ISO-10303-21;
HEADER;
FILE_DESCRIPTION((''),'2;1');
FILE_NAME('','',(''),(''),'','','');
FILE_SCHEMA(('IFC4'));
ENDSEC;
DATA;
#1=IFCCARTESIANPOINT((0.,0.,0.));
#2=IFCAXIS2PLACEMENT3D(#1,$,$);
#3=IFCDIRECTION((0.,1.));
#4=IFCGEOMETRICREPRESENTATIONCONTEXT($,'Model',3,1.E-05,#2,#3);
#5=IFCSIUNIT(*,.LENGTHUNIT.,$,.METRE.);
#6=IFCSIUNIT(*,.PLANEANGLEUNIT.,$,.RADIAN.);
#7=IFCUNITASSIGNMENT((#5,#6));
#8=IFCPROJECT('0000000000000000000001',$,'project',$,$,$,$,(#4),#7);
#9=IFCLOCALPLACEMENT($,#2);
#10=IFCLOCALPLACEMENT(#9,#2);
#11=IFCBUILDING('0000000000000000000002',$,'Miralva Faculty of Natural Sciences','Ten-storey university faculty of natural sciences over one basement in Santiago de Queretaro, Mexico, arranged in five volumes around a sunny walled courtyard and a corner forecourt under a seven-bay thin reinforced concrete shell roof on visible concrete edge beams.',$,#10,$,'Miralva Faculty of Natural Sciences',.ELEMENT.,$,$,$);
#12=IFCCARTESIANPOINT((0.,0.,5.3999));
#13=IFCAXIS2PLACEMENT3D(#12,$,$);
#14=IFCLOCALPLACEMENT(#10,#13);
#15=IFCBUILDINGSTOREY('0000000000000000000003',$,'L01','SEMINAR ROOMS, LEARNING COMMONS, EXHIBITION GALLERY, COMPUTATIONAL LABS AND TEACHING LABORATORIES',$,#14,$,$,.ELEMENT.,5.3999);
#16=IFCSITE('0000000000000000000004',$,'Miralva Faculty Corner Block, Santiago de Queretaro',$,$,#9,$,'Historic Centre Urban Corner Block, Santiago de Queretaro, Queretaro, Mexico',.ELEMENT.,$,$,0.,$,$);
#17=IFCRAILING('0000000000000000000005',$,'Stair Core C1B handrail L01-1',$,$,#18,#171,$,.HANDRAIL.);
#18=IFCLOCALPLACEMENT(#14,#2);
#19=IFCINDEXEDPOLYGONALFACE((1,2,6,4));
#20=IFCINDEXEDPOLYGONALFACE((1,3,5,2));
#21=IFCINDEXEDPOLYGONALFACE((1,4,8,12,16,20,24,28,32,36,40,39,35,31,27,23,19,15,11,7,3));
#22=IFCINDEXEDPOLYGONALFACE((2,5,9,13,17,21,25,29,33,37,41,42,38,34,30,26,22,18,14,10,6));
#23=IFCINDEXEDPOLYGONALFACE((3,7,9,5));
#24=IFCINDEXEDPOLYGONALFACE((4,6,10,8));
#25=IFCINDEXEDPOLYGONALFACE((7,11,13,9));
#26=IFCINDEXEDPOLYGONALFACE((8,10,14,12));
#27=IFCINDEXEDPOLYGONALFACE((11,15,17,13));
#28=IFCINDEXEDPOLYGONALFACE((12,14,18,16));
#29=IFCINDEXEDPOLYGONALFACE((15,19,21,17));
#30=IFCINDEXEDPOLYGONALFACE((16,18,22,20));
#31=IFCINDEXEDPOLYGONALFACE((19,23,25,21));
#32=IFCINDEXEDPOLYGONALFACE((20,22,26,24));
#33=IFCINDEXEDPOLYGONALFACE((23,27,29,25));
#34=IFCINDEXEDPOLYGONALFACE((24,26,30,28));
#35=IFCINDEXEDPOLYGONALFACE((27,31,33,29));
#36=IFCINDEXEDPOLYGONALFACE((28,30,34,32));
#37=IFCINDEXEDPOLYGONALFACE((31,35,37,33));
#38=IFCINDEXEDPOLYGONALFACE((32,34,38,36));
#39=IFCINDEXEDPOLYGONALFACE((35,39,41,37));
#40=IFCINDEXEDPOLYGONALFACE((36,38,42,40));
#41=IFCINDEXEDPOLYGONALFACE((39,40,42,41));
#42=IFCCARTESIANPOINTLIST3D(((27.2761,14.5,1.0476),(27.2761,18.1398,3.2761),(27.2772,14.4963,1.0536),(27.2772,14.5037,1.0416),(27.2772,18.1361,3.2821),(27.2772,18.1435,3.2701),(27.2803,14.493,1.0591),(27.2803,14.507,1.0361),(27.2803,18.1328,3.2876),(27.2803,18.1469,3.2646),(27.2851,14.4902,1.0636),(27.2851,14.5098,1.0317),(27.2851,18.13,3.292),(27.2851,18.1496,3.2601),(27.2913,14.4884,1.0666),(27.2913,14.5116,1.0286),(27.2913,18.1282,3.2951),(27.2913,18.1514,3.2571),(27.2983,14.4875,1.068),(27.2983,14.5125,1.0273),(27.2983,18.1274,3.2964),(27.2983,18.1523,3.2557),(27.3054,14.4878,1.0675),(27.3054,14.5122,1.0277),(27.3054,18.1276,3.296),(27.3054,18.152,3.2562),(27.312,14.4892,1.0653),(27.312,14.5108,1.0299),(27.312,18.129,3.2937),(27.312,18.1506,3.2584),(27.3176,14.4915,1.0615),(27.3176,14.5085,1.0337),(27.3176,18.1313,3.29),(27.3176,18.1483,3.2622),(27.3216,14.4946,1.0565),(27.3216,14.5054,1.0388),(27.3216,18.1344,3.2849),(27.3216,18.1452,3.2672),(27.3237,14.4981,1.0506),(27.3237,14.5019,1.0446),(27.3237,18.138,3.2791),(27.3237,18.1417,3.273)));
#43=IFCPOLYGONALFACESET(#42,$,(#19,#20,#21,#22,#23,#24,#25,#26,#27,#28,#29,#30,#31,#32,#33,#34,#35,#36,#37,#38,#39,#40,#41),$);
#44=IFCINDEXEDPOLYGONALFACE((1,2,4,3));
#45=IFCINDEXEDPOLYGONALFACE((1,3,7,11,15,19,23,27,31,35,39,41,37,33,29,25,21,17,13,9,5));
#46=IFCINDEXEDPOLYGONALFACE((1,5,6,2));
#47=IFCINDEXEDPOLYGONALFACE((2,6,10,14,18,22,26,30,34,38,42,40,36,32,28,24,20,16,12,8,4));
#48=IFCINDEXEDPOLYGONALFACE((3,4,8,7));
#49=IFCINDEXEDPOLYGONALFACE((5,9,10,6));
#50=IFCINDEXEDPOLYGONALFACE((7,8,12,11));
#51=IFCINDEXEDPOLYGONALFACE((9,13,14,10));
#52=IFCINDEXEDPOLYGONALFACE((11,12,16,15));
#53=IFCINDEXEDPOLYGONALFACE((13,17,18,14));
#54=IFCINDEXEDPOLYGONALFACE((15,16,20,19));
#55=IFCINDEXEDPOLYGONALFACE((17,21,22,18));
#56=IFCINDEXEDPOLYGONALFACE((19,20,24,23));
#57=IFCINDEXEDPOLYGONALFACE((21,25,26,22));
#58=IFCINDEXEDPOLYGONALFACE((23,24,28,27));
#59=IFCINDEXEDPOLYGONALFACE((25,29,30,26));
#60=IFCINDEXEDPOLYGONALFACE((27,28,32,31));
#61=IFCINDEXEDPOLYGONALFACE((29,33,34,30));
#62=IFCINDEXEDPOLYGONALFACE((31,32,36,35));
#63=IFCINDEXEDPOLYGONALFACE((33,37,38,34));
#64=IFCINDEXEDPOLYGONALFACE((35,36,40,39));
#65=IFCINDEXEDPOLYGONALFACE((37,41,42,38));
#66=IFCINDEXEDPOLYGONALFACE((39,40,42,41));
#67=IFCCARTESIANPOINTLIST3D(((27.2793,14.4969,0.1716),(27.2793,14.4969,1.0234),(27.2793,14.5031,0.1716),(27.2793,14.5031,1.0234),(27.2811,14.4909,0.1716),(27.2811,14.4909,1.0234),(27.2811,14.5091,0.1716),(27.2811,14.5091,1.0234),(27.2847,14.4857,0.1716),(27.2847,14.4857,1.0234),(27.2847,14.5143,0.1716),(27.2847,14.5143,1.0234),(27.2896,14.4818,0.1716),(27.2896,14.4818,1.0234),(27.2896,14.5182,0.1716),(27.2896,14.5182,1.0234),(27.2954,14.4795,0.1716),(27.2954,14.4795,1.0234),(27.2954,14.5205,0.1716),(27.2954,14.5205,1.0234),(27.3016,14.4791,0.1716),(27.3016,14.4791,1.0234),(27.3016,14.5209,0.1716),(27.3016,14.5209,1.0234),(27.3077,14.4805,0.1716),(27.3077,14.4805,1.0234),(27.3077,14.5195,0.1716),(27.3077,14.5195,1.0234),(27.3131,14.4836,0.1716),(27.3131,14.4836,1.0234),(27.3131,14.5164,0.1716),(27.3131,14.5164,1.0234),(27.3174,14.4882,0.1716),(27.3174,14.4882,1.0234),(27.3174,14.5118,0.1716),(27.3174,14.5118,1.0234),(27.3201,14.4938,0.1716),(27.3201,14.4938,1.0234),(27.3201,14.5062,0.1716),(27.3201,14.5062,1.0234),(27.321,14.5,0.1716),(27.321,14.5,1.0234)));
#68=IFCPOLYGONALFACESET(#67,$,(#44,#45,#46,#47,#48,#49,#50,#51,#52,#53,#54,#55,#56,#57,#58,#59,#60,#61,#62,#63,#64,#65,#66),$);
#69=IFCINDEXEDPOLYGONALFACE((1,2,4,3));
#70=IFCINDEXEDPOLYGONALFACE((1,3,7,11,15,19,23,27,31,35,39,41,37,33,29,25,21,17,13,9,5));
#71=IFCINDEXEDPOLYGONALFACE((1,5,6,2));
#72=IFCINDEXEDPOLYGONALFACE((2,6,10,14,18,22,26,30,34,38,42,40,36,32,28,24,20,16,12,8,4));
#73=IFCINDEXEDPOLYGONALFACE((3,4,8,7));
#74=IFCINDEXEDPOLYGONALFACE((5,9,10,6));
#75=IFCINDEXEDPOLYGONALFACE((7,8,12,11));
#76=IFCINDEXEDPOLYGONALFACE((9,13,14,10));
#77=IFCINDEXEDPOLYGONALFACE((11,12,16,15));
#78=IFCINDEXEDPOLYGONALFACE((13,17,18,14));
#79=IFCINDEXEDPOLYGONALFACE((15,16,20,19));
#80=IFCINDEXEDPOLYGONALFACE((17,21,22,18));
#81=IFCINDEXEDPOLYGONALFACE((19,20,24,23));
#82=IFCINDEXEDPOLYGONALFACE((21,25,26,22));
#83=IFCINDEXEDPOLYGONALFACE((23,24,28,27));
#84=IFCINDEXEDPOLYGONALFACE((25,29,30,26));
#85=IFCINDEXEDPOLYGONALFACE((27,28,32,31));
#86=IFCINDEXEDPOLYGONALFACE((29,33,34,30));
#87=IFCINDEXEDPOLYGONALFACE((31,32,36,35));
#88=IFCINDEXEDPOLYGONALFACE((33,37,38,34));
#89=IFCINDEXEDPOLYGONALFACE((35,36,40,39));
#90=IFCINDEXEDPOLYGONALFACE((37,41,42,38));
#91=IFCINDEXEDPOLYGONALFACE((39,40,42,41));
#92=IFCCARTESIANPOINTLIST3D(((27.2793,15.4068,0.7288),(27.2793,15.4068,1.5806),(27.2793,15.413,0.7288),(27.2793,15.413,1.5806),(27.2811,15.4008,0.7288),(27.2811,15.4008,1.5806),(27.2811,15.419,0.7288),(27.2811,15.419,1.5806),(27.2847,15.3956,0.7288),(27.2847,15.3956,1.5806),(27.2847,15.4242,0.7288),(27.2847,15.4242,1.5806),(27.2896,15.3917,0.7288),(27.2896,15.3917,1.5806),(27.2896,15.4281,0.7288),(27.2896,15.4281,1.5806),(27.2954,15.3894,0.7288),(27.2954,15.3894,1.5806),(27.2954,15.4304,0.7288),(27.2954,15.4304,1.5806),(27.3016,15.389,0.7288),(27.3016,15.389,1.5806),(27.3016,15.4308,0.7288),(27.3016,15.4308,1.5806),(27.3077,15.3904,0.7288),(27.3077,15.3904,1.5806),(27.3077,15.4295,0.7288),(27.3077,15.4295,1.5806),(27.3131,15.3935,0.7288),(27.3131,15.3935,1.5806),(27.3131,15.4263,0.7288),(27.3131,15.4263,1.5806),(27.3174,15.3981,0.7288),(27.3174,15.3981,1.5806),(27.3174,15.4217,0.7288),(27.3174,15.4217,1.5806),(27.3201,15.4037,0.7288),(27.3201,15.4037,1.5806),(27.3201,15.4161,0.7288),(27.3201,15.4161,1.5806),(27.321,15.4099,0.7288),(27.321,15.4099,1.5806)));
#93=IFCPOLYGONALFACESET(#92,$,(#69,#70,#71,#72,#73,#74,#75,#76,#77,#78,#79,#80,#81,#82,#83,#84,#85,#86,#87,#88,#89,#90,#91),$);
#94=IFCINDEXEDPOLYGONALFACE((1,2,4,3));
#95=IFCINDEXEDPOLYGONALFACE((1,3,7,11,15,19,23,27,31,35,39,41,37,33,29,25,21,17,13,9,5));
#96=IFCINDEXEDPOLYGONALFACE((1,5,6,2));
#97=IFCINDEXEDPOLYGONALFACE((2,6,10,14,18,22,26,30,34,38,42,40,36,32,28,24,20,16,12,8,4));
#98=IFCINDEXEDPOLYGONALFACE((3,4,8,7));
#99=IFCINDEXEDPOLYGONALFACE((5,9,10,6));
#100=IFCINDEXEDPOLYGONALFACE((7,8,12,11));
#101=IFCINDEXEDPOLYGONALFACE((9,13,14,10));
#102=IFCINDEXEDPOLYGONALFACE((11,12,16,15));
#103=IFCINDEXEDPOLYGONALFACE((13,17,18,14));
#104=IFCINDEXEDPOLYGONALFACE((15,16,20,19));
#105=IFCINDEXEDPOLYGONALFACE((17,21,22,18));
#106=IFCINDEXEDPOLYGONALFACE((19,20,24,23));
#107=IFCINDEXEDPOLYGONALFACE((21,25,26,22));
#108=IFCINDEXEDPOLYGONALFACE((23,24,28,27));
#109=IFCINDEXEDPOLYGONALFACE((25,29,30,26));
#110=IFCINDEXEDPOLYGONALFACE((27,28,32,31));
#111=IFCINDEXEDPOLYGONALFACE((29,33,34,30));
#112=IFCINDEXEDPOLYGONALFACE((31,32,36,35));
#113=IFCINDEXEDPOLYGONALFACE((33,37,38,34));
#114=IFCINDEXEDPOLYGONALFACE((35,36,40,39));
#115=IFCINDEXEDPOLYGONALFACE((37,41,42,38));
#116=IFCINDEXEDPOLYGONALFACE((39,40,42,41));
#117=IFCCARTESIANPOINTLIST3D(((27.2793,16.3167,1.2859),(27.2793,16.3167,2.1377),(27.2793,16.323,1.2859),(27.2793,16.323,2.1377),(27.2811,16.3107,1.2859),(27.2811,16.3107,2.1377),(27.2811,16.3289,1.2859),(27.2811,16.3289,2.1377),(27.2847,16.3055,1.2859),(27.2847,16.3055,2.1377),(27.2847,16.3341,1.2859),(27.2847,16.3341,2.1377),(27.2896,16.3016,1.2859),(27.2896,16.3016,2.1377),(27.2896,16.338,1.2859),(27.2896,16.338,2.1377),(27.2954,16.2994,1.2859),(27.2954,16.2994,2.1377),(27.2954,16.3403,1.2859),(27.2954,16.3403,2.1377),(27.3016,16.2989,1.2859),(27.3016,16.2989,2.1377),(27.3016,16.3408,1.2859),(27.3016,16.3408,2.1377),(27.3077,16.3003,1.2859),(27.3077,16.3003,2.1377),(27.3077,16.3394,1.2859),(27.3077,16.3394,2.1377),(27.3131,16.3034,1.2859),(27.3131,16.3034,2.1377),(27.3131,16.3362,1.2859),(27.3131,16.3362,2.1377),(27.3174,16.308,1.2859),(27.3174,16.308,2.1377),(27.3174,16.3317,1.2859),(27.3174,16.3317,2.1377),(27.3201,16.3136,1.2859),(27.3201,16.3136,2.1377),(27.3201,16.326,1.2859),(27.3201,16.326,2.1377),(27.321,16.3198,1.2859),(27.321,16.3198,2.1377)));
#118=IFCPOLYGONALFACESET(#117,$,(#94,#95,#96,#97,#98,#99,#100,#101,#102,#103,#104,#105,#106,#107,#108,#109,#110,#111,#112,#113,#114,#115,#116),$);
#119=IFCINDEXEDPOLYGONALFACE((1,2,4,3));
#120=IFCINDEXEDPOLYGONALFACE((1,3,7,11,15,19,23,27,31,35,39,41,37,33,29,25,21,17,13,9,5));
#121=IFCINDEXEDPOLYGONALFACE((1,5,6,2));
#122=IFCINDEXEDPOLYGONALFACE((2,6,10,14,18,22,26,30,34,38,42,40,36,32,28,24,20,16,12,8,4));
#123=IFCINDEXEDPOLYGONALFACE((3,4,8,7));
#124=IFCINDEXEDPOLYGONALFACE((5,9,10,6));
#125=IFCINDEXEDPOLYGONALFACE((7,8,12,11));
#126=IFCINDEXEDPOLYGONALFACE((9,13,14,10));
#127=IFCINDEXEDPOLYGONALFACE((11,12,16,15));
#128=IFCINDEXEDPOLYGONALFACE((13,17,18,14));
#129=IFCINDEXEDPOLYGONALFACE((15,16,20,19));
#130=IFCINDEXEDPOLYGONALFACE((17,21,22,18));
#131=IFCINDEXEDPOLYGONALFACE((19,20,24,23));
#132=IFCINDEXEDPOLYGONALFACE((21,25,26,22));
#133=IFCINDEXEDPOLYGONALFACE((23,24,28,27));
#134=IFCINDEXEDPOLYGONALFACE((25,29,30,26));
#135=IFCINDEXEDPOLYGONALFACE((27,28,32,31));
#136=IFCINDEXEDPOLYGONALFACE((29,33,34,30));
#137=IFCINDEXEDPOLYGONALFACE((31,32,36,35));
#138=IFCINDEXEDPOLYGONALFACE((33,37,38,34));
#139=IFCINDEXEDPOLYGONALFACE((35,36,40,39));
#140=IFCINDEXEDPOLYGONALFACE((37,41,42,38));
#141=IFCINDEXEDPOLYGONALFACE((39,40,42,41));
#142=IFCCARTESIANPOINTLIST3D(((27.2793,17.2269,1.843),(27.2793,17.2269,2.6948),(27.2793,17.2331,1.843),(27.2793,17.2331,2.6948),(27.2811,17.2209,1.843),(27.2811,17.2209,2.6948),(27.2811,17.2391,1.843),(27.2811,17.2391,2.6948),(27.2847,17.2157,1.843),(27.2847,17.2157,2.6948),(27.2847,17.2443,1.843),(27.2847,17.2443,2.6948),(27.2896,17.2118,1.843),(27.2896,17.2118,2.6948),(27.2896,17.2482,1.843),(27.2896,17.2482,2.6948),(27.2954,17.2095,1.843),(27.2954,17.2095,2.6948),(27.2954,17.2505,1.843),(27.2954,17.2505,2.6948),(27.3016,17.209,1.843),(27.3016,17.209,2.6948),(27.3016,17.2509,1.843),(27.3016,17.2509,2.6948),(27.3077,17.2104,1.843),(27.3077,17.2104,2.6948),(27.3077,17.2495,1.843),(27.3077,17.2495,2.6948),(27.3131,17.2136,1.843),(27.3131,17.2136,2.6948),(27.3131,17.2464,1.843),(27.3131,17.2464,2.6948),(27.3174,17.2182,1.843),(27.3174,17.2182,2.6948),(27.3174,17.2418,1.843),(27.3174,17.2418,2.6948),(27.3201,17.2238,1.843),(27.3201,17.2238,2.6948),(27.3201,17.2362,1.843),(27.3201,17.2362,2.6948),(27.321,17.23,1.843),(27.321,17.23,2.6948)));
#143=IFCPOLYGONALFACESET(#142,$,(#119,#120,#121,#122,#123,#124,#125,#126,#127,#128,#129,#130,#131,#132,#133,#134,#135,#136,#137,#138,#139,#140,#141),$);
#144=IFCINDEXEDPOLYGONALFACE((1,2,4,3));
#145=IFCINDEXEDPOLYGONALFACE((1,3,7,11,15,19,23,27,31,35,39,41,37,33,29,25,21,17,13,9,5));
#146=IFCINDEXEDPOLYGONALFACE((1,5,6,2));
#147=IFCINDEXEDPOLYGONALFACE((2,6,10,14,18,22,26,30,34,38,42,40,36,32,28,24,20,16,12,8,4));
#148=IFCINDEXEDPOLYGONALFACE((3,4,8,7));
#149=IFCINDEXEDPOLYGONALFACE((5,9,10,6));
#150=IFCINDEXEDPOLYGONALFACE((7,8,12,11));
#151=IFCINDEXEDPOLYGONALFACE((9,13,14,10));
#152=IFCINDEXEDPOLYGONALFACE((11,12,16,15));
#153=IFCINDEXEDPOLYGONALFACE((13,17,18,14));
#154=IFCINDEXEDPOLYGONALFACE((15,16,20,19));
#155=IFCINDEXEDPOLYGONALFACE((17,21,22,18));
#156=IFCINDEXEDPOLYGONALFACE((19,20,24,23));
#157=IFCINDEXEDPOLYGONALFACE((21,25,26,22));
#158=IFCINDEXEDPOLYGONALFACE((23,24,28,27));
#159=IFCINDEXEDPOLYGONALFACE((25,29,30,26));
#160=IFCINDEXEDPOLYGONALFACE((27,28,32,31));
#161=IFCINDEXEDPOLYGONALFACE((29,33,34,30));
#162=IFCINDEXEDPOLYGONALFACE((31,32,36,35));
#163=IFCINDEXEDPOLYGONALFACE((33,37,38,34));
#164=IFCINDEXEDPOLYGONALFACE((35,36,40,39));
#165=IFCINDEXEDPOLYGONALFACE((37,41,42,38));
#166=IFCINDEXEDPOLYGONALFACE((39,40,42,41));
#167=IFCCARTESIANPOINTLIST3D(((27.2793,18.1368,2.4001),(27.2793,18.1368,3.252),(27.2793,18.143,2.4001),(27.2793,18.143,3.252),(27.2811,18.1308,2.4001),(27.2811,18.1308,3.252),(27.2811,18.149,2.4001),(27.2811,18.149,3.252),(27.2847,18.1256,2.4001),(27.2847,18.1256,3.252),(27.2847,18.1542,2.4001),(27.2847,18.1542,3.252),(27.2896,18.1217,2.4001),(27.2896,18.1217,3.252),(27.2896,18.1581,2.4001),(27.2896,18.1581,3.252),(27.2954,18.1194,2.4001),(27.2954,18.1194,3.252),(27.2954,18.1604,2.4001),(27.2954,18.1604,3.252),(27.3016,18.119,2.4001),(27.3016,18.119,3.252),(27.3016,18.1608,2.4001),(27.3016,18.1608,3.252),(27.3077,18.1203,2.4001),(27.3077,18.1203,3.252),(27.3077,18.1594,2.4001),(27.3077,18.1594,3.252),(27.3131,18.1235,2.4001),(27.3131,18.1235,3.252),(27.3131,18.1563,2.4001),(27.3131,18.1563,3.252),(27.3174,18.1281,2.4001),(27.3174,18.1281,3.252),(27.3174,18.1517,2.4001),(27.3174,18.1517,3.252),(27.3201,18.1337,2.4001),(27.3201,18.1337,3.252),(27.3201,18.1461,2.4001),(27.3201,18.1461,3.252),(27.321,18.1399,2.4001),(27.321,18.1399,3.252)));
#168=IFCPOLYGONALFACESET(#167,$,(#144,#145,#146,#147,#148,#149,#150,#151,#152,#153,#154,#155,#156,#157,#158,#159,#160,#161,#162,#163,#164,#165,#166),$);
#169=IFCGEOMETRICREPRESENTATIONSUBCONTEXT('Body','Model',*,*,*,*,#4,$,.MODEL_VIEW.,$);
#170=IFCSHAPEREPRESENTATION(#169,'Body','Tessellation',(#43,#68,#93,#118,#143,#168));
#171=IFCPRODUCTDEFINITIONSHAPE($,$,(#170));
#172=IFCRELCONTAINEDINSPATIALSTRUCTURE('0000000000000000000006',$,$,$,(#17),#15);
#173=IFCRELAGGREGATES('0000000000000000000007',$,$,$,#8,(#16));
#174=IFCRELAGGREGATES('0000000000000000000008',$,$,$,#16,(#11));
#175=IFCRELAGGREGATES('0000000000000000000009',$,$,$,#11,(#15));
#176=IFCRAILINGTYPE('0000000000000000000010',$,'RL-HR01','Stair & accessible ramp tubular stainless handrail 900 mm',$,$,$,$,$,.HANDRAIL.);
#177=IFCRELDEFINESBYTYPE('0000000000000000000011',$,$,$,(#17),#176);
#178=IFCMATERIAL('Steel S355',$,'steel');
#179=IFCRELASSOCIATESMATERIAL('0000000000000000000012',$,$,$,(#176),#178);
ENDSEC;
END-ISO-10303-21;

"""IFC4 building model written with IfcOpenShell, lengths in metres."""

from ifc_helpers import new_model, si_unit, direction, frame, origin, origin_2d, place, context, subcontext, project, spatial, circle, extrude, material, type_object, element, save


model = new_model("IFC4")

# Units and contexts
model_context = context("Model", 3, precision=1e-05, world=origin(), true_north=direction((0.0, 1.0)))
body_context = subcontext(model_context, "Body", "Model", "MODEL_VIEW")
ifc_project = project(units=[si_unit("LENGTHUNIT", "METRE"), si_unit("PLANEANGLEUNIT", "RADIAN")], contexts=[model_context])

# Site, building, storey
site_placement = place(None, origin())
site = spatial("IfcSite", under=ifc_project, at=site_placement, Name="Miralva Faculty Corner Block, Santiago de Queretaro", LongName="Historic Centre Urban Corner Block, Santiago de Queretaro, Queretaro, Mexico", CompositionType="ELEMENT", RefElevation=0.0)
building_placement = place(site_placement, origin())
building = spatial("IfcBuilding", under=site, at=building_placement, Name="Miralva Faculty of Natural Sciences", Description="Ten-storey university faculty of natural sciences over one basement in Santiago de Queretaro, Mexico, arranged in five volumes around a sunny walled courtyard and a corner forecourt under a seven-bay thin reinforced concrete shell roof on visible concrete edge beams.", LongName="Miralva Faculty of Natural Sciences", CompositionType="ELEMENT")
storey_placement = place(building_placement, frame((0.0, 0.0, 5.3999)))
storey = spatial("IfcBuildingStorey", under=building, at=storey_placement, Name="L01", Description="SEMINAR ROOMS, LEARNING COMMONS, EXHIBITION GALLERY, COMPUTATIONAL LABS AND TEACHING LABORATORIES", CompositionType="ELEMENT", Elevation=5.3999)

# Railing
ifc_material_1 = material(Name="Steel S355", Category="steel")
railing_type_1 = type_object("IfcRailingType", Name="RL-HR01", Description="Stair & accessible ramp tubular stainless handrail 900 mm", PredefinedType="HANDRAIL", material=ifc_material_1)
railing_1_placement = place(storey_placement, frame((27.3, 14.5, 0.1716)))
element("IfcRailing", 1, at=railing_1_placement, inside=storey, type_object=railing_type_1, Name="Stair Core C1B handrail L01-1", PredefinedType="HANDRAIL", context=body_context, shape_type="SweptSolid", body=[
    extrude(circle(Radius=0.0239, at=origin_2d()), frame((0.0, 0.0, 0.876), z_axis=(0.0, 0.85285, 0.522156), x_axis=(-1.0, 0.0, 0.0)), (0.0, 0.0, 1.0), 4.2678),
    extrude(circle(Radius=0.021, at=origin_2d()), origin(), (0.0, 0.0, 1.0), 0.8518),
    extrude(circle(Radius=0.021, at=origin_2d()), frame((0.0, 0.9099, 0.5571)), (0.0, 0.0, 1.0), 0.8518),
    extrude(circle(Radius=0.021, at=origin_2d()), frame((0.0, 1.8198, 1.1143)), (0.0, 0.0, 1.0), 0.8518),
    extrude(circle(Radius=0.021, at=origin_2d()), frame((0.0, 2.73, 1.6714)), (0.0, 0.0, 1.0), 0.8518),
    extrude(circle(Radius=0.021, at=origin_2d()), frame((0.0, 3.6399, 2.2285)), (0.0, 0.0, 1.0), 0.8518),
])

save(model, "model.ifc")
